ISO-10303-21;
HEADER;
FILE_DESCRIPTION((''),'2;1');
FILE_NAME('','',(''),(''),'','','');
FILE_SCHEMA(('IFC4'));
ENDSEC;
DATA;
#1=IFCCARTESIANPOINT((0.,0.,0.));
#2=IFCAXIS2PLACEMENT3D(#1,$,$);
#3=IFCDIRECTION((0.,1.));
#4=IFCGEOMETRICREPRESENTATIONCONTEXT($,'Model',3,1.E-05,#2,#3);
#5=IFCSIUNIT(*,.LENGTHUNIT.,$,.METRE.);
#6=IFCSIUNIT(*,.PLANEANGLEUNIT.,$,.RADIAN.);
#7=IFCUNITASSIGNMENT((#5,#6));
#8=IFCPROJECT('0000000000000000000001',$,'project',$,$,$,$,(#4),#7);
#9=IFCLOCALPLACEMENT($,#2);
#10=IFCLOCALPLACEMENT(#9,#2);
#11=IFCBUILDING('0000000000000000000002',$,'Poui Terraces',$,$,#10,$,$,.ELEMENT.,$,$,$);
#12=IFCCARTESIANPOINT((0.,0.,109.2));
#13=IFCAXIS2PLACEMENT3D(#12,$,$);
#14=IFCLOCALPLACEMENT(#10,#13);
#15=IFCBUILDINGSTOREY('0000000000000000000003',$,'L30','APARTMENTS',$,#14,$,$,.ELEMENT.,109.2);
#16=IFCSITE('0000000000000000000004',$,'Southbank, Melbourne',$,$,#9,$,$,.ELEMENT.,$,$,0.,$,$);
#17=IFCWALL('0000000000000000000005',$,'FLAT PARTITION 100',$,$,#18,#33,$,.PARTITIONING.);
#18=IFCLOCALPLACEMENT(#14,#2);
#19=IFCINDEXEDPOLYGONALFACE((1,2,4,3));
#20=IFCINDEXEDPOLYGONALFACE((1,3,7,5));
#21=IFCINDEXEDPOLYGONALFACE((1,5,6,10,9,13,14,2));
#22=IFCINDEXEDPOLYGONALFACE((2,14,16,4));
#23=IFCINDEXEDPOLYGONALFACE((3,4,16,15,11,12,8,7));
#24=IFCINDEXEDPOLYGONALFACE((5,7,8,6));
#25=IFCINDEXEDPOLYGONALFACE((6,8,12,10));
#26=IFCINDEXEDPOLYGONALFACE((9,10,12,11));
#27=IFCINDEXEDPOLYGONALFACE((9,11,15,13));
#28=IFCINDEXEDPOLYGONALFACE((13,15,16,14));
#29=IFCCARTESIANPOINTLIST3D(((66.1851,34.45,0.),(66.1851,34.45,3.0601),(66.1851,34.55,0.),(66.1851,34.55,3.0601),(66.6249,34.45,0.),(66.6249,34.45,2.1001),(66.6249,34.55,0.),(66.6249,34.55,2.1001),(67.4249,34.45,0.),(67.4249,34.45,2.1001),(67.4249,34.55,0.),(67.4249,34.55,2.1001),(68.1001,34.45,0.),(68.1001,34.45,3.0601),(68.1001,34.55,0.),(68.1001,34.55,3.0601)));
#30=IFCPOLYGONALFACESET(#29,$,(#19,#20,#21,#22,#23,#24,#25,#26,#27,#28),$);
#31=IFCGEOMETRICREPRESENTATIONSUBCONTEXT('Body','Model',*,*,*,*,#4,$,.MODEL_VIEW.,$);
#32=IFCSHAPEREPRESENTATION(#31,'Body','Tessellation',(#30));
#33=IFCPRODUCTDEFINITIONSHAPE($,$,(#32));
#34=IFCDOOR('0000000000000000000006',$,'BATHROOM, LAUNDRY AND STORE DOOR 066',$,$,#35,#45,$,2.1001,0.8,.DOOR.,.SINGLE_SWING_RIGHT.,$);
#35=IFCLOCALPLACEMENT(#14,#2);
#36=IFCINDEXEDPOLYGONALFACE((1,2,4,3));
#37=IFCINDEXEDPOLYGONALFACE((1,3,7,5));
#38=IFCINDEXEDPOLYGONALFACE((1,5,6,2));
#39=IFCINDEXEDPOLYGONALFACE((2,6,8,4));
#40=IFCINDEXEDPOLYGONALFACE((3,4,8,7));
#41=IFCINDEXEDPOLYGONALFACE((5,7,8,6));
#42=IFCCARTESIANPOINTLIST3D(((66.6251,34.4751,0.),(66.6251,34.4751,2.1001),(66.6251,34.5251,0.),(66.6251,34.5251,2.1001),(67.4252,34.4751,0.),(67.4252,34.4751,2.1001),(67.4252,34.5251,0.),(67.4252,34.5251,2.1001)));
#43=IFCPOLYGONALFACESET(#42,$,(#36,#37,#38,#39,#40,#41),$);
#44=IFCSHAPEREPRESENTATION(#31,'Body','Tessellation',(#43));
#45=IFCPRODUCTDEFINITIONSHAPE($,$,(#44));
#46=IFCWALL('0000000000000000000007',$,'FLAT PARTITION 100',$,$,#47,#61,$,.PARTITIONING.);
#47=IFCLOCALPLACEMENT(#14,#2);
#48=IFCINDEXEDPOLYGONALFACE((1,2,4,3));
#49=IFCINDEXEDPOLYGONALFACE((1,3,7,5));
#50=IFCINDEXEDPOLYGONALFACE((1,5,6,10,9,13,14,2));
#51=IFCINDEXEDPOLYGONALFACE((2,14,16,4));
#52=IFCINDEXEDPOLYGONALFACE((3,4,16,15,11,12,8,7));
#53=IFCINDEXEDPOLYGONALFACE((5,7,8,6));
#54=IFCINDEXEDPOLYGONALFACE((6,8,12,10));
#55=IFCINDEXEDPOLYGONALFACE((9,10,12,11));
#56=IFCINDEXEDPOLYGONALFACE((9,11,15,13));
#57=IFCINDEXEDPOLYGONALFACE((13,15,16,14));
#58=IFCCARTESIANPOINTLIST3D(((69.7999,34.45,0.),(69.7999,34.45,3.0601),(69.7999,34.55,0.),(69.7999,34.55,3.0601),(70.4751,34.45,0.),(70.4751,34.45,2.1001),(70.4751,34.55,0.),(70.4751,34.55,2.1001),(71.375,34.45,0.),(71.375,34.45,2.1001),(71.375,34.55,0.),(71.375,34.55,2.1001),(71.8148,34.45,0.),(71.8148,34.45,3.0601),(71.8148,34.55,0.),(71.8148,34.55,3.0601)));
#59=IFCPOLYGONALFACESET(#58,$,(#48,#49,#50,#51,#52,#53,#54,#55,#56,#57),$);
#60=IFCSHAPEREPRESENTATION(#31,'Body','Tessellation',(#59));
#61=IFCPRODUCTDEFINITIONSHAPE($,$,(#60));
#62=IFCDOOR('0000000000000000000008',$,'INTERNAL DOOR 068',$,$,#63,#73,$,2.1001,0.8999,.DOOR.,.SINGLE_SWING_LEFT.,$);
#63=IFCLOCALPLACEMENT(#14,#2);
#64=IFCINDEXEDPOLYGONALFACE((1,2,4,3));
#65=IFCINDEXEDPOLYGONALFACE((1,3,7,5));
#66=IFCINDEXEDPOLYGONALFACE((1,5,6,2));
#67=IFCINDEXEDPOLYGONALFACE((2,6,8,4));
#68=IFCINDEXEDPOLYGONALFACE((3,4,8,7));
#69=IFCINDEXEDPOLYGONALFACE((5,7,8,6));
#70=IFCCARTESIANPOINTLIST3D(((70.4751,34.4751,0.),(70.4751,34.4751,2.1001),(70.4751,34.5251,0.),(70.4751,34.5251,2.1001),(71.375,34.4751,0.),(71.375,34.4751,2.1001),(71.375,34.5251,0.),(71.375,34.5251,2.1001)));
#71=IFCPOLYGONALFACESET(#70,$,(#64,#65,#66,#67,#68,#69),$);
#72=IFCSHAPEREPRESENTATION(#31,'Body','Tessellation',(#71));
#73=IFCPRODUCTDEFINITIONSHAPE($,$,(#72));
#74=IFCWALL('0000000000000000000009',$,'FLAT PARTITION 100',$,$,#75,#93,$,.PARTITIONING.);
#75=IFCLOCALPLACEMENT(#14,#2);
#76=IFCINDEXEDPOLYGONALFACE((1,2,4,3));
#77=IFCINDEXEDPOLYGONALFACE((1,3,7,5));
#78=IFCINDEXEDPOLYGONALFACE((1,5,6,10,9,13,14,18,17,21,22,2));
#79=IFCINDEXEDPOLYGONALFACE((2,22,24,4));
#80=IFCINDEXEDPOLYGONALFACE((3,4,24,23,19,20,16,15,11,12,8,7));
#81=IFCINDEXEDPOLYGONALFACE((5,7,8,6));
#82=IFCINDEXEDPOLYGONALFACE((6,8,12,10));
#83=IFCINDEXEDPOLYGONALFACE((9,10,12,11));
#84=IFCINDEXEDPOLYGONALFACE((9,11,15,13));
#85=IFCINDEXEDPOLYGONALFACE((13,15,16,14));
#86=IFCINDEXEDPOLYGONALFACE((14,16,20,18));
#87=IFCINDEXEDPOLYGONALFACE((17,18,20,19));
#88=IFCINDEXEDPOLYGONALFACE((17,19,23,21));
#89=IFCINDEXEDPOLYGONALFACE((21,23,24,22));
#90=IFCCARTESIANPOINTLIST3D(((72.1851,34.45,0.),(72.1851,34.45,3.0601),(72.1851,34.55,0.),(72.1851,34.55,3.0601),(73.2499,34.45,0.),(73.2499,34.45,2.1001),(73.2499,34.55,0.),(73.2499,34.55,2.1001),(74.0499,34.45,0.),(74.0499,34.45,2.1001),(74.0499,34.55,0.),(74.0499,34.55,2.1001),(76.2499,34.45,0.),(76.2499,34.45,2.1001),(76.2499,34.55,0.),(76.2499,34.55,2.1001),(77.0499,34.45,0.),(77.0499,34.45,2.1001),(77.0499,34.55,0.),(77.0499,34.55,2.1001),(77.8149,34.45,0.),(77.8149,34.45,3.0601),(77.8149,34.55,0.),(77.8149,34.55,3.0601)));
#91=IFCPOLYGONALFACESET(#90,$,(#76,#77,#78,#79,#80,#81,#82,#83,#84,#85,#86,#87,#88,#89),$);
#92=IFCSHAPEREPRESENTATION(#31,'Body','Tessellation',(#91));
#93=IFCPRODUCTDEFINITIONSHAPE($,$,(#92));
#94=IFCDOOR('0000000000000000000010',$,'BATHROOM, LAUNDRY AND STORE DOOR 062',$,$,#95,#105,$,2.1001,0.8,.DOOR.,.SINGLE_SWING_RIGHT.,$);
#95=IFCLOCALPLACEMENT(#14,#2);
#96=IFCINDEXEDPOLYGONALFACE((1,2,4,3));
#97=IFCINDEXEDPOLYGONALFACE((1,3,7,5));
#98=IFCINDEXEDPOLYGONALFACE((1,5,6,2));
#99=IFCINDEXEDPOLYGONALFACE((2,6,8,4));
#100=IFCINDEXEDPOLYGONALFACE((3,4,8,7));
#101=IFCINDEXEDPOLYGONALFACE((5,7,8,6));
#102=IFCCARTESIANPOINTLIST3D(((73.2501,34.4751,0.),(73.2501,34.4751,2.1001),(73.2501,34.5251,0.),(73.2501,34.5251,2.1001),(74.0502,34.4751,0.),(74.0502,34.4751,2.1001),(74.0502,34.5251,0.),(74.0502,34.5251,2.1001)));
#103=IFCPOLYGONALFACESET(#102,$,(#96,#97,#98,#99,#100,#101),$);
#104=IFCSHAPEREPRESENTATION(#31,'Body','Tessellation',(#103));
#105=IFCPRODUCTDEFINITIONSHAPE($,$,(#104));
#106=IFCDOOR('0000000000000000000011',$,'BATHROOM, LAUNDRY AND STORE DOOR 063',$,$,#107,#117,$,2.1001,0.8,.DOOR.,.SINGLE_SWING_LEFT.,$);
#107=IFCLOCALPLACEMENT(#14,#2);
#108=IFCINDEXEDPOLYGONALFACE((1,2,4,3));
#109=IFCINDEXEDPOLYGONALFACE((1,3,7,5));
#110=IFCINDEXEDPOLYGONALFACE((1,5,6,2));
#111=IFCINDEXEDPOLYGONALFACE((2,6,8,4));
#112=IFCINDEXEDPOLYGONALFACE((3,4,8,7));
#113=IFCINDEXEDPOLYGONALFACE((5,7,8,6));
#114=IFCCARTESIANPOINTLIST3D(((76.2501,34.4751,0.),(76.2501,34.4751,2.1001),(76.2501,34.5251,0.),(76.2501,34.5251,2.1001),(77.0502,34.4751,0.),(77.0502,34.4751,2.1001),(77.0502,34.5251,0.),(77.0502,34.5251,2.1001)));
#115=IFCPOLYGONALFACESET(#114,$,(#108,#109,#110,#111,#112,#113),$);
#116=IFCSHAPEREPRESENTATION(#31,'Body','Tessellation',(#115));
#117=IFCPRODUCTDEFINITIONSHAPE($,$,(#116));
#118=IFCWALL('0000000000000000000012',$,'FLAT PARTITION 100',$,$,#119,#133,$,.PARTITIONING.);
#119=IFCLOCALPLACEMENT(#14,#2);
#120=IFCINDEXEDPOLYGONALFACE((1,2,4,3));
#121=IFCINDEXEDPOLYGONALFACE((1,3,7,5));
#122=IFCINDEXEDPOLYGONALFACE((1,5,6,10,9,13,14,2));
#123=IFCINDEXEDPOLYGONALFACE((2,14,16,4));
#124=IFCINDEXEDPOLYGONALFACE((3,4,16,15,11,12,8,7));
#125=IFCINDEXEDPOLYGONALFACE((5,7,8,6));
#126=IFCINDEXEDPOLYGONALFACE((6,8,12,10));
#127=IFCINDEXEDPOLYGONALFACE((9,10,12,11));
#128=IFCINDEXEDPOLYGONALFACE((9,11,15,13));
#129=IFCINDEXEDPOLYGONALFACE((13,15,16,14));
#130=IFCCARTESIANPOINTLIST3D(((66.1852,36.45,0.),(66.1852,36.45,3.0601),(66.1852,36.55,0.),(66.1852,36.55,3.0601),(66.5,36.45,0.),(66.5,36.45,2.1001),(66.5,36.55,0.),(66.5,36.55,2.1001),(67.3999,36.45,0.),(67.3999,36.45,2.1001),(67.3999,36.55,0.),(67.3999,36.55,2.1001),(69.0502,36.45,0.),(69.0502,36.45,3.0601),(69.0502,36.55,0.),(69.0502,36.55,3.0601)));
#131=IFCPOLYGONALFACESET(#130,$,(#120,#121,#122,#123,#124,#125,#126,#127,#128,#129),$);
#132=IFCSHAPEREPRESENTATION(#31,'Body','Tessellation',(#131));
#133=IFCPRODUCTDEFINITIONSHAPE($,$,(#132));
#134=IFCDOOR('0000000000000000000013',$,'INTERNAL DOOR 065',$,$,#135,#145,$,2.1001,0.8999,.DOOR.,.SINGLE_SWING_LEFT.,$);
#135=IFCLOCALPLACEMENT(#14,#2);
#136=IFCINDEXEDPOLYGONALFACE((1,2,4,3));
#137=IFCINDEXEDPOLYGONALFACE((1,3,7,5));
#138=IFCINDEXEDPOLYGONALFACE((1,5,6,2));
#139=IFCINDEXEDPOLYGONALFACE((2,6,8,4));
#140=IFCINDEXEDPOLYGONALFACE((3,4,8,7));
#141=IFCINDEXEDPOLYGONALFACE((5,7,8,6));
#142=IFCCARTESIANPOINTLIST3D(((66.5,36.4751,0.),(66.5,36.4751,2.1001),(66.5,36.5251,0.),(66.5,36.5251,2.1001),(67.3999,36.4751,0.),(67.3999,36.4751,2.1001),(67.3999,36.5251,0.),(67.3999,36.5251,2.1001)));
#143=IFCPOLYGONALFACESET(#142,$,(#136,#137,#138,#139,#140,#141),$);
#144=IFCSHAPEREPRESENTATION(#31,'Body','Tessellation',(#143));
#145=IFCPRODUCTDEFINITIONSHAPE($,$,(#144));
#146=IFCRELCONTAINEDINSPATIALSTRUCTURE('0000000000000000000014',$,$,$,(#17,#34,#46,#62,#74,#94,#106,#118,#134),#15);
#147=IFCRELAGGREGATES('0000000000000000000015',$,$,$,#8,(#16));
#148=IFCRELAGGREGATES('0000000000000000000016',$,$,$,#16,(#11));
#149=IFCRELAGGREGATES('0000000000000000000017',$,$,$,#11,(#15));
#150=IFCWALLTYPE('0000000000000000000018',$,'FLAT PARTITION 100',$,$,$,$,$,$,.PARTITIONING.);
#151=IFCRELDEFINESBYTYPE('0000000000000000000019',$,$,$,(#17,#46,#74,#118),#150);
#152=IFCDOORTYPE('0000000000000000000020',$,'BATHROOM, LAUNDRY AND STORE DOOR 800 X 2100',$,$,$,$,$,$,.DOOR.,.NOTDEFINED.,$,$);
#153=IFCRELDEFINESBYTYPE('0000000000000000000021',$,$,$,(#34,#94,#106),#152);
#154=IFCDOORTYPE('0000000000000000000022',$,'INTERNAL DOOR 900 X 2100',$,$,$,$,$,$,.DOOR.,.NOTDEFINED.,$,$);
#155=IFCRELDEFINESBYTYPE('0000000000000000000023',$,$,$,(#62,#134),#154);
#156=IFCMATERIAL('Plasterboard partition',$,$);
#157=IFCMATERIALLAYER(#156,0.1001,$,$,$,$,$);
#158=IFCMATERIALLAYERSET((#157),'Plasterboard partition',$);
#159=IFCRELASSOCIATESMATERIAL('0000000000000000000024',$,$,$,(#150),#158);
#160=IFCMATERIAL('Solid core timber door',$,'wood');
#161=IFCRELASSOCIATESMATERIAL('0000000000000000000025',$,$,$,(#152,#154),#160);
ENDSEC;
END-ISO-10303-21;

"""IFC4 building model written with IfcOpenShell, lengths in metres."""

from ifc_helpers import new_model, si_unit, direction, frame, frame_2d, origin, place, context, subcontext, project, spatial, rectangle, extrude, material, layer, layer_set, type_object, element, fill, save


model = new_model("IFC4")

# Units and contexts
model_context = context("Model", 3, precision=1e-05, world=origin(), true_north=direction((0.0, 1.0)))
body_context = subcontext(model_context, "Body", "Model", "MODEL_VIEW")
ifc_project = project(units=[si_unit("LENGTHUNIT", "METRE"), si_unit("PLANEANGLEUNIT", "RADIAN")], contexts=[model_context])

# Site, building, storey
site_placement = place(None, origin())
site = spatial("IfcSite", under=ifc_project, at=site_placement, Name="Southbank, Melbourne", CompositionType="ELEMENT", RefElevation=0.0)
building_placement = place(site_placement, origin())
building = spatial("IfcBuilding", under=site, at=building_placement, Name="Poui Terraces", CompositionType="ELEMENT")
storey_placement = place(building_placement, frame((0.0, 0.0, 109.2)))
storey = spatial("IfcBuildingStorey", under=building, at=storey_placement, Name="L30", Description="APARTMENTS", CompositionType="ELEMENT", Elevation=109.2)

# Walls, openings, doors
ifc_material_1 = material(Name="Plasterboard partition")
ifc_layer_1 = layer(ifc_material_1, 0.1001)
ifc_layer_set_1 = layer_set([ifc_layer_1], Name="Plasterboard partition")
wall_type_1 = type_object("IfcWallType", Name="FLAT PARTITION 100", PredefinedType="PARTITIONING", material=ifc_layer_set_1)
wall_1_placement = place(storey_placement, frame((66.1851, 34.5, 0.0), z_axis=(0.0, 0.0, 1.0), x_axis=(1.0, 0.0, 0.0)))
wall_1 = element("IfcWall", 1, at=wall_1_placement, inside=storey, type_object=wall_type_1, Name="FLAT PARTITION 100", PredefinedType="PARTITIONING", context=body_context, shape_type="SweptSolid", body=[
    extrude(rectangle(XDim=1.915, YDim=0.1001, at=frame_2d((0.9575, 0.0))), origin(), (0.0, 0.0, 1.0), 3.0601),
])
opening_1_placement = place(wall_1_placement, frame((0.4399, 0.0, 0.0)))
opening_1 = element("IfcOpeningElement", 2, at=opening_1_placement, cuts=wall_1, PredefinedType="OPENING", context=body_context, shape_type="SweptSolid", body=[
    extrude(rectangle(XDim=0.8, YDim=2.1001, at=frame_2d((0.3999, 1.05))), frame((0.0, 0.0601, 0.0), z_axis=(0.0, -1.0, 0.0), x_axis=(1.0, 0.0, 0.0)), (0.0, 0.0, 1.0), 0.1201),
])
ifc_material_2 = material(Name="Solid core timber door", Category="wood")
door_type_1 = type_object("IfcDoorType", Name="BATHROOM, LAUNDRY AND STORE DOOR 800 X 2100", OperationType="NOTDEFINED", PredefinedType="DOOR", material=ifc_material_2)
door_1_placement = place(opening_1_placement, frame((0.8, 0.0, 0.0), z_axis=(0.0, 0.0, 1.0), x_axis=(-1.0, 0.0, 0.0)))
door_1 = element("IfcDoor", 3, at=door_1_placement, inside=storey, type_object=door_type_1, Name="BATHROOM, LAUNDRY AND STORE DOOR 066", OperationType="SINGLE_SWING_RIGHT", OverallHeight=2.1001, OverallWidth=0.8, PredefinedType="DOOR", context=body_context, shape_type="SweptSolid", body=[
    extrude(rectangle(XDim=0.8, YDim=2.1001, at=frame_2d((0.3999, 1.05))), frame((0.0, 0.0249, 0.0), z_axis=(0.0, -1.0, 0.0), x_axis=(1.0, 0.0, 0.0)), (0.0, 0.0, 1.0), 0.05),
])
fill(opening_1, door_1)
wall_2_placement = place(storey_placement, frame((69.8, 34.5, 0.0), z_axis=(0.0, 0.0, 1.0), x_axis=(1.0, 0.0, 0.0)))
wall_2 = element("IfcWall", 4, at=wall_2_placement, inside=storey, type_object=wall_type_1, Name="FLAT PARTITION 100", PredefinedType="PARTITIONING", context=body_context, shape_type="SweptSolid", body=[
    extrude(rectangle(XDim=2.0149, YDim=0.1001, at=frame_2d((1.0073, 0.0))), origin(), (0.0, 0.0, 1.0), 3.0601),
])
opening_2_placement = place(wall_2_placement, frame((0.675, 0.0, 0.0)))
opening_2 = element("IfcOpeningElement", 5, at=opening_2_placement, cuts=wall_2, PredefinedType="OPENING", context=body_context, shape_type="SweptSolid", body=[
    extrude(rectangle(XDim=0.8999, YDim=2.1001, at=frame_2d((0.45, 1.05))), frame((0.0, 0.0601, 0.0), z_axis=(0.0, -1.0, 0.0), x_axis=(1.0, 0.0, 0.0)), (0.0, 0.0, 1.0), 0.1201),
])
door_type_2 = type_object("IfcDoorType", Name="INTERNAL DOOR 900 X 2100", OperationType="NOTDEFINED", PredefinedType="DOOR", material=ifc_material_2)
door_2_placement = place(opening_2_placement, frame((0.8999, 0.0, 0.0), z_axis=(0.0, 0.0, 1.0), x_axis=(-1.0, 0.0, 0.0)))
door_2 = element("IfcDoor", 6, at=door_2_placement, inside=storey, type_object=door_type_2, Name="INTERNAL DOOR 068", OperationType="SINGLE_SWING_LEFT", OverallHeight=2.1001, OverallWidth=0.8999, PredefinedType="DOOR", context=body_context, shape_type="SweptSolid", body=[
    extrude(rectangle(XDim=0.8999, YDim=2.1001, at=frame_2d((0.45, 1.05))), frame((0.0, 0.0249, 0.0), z_axis=(0.0, -1.0, 0.0), x_axis=(1.0, 0.0, 0.0)), (0.0, 0.0, 1.0), 0.05),
])
fill(opening_2, door_2)

# Wall, openings, doors
wall_3_placement = place(storey_placement, frame((72.1851, 34.5, 0.0), z_axis=(0.0, 0.0, 1.0), x_axis=(1.0, 0.0, 0.0)))
wall_3 = element("IfcWall", 7, at=wall_3_placement, inside=storey, type_object=wall_type_1, Name="FLAT PARTITION 100", PredefinedType="PARTITIONING", context=body_context, shape_type="SweptSolid", body=[
    extrude(rectangle(XDim=5.6299, YDim=0.1001, at=frame_2d((2.8149, 0.0))), origin(), (0.0, 0.0, 1.0), 3.0601),
])
opening_3_placement = place(wall_3_placement, frame((1.0649, 0.0, 0.0)))
opening_3 = element("IfcOpeningElement", 8, at=opening_3_placement, cuts=wall_3, PredefinedType="OPENING", context=body_context, shape_type="SweptSolid", body=[
    extrude(rectangle(XDim=0.8, YDim=2.1001, at=frame_2d((0.3999, 1.05))), frame((0.0, 0.0601, 0.0), z_axis=(0.0, -1.0, 0.0), x_axis=(1.0, 0.0, 0.0)), (0.0, 0.0, 1.0), 0.1201),
])
opening_4_placement = place(wall_3_placement, frame((4.0649, 0.0, 0.0)))
opening_4 = element("IfcOpeningElement", 9, at=opening_4_placement, cuts=wall_3, PredefinedType="OPENING", context=body_context, shape_type="SweptSolid", body=[
    extrude(rectangle(XDim=0.8, YDim=2.1001, at=frame_2d((0.3999, 1.05))), frame((0.0, 0.0601, 0.0), z_axis=(0.0, -1.0, 0.0), x_axis=(1.0, 0.0, 0.0)), (0.0, 0.0, 1.0), 0.1201),
])
door_3_placement = place(opening_3_placement, frame((0.8, 0.0, 0.0), z_axis=(0.0, 0.0, 1.0), x_axis=(-1.0, 0.0, 0.0)))
door_3 = element("IfcDoor", 10, at=door_3_placement, inside=storey, type_object=door_type_1, Name="BATHROOM, LAUNDRY AND STORE DOOR 062", OperationType="SINGLE_SWING_RIGHT", OverallHeight=2.1001, OverallWidth=0.8, PredefinedType="DOOR", context=body_context, shape_type="SweptSolid", body=[
    extrude(rectangle(XDim=0.8, YDim=2.1001, at=frame_2d((0.3999, 1.05))), frame((0.0, 0.0249, 0.0), z_axis=(0.0, -1.0, 0.0), x_axis=(1.0, 0.0, 0.0)), (0.0, 0.0, 1.0), 0.05),
])
fill(opening_3, door_3)
door_4_placement = place(opening_4_placement, frame((0.8, 0.0, 0.0), z_axis=(0.0, 0.0, 1.0), x_axis=(-1.0, 0.0, 0.0)))
door_4 = element("IfcDoor", 11, at=door_4_placement, inside=storey, type_object=door_type_1, Name="BATHROOM, LAUNDRY AND STORE DOOR 063", OperationType="SINGLE_SWING_LEFT", OverallHeight=2.1001, OverallWidth=0.8, PredefinedType="DOOR", context=body_context, shape_type="SweptSolid", body=[
    extrude(rectangle(XDim=0.8, YDim=2.1001, at=frame_2d((0.3999, 1.05))), frame((0.0, 0.0249, 0.0), z_axis=(0.0, -1.0, 0.0), x_axis=(1.0, 0.0, 0.0)), (0.0, 0.0, 1.0), 0.05),
])
fill(opening_4, door_4)

# Wall, opening, door
wall_4_placement = place(storey_placement, frame((66.1851, 36.5, 0.0), z_axis=(0.0, 0.0, 1.0), x_axis=(1.0, 0.0, 0.0)))
wall_4 = element("IfcWall", 12, at=wall_4_placement, inside=storey, type_object=wall_type_1, Name="FLAT PARTITION 100", PredefinedType="PARTITIONING", context=body_context, shape_type="SweptSolid", body=[
    extrude(rectangle(XDim=2.865, YDim=0.1001, at=frame_2d((1.4326, 0.0))), origin(), (0.0, 0.0, 1.0), 3.0601),
])
opening_5_placement = place(wall_4_placement, frame((0.3149, 0.0, 0.0)))
opening_5 = element("IfcOpeningElement", 13, at=opening_5_placement, cuts=wall_4, PredefinedType="OPENING", context=body_context, shape_type="SweptSolid", body=[
    extrude(rectangle(XDim=0.8999, YDim=2.1001, at=frame_2d((0.45, 1.05))), frame((0.0, 0.0601, 0.0), z_axis=(0.0, -1.0, 0.0), x_axis=(1.0, 0.0, 0.0)), (0.0, 0.0, 1.0), 0.1201),
])
door_5_placement = place(opening_5_placement, frame((0.8999, 0.0, 0.0), z_axis=(0.0, 0.0, 1.0), x_axis=(-1.0, 0.0, 0.0)))
door_5 = element("IfcDoor", 14, at=door_5_placement, inside=storey, type_object=door_type_2, Name="INTERNAL DOOR 065", OperationType="SINGLE_SWING_LEFT", OverallHeight=2.1001, OverallWidth=0.8999, PredefinedType="DOOR", context=body_context, shape_type="SweptSolid", body=[
    extrude(rectangle(XDim=0.8999, YDim=2.1001, at=frame_2d((0.45, 1.05))), frame((0.0, 0.0249, 0.0), z_axis=(0.0, -1.0, 0.0), x_axis=(1.0, 0.0, 0.0)), (0.0, 0.0, 1.0), 0.05),
])
fill(opening_5, door_5)

save(model, "model.ifc")
